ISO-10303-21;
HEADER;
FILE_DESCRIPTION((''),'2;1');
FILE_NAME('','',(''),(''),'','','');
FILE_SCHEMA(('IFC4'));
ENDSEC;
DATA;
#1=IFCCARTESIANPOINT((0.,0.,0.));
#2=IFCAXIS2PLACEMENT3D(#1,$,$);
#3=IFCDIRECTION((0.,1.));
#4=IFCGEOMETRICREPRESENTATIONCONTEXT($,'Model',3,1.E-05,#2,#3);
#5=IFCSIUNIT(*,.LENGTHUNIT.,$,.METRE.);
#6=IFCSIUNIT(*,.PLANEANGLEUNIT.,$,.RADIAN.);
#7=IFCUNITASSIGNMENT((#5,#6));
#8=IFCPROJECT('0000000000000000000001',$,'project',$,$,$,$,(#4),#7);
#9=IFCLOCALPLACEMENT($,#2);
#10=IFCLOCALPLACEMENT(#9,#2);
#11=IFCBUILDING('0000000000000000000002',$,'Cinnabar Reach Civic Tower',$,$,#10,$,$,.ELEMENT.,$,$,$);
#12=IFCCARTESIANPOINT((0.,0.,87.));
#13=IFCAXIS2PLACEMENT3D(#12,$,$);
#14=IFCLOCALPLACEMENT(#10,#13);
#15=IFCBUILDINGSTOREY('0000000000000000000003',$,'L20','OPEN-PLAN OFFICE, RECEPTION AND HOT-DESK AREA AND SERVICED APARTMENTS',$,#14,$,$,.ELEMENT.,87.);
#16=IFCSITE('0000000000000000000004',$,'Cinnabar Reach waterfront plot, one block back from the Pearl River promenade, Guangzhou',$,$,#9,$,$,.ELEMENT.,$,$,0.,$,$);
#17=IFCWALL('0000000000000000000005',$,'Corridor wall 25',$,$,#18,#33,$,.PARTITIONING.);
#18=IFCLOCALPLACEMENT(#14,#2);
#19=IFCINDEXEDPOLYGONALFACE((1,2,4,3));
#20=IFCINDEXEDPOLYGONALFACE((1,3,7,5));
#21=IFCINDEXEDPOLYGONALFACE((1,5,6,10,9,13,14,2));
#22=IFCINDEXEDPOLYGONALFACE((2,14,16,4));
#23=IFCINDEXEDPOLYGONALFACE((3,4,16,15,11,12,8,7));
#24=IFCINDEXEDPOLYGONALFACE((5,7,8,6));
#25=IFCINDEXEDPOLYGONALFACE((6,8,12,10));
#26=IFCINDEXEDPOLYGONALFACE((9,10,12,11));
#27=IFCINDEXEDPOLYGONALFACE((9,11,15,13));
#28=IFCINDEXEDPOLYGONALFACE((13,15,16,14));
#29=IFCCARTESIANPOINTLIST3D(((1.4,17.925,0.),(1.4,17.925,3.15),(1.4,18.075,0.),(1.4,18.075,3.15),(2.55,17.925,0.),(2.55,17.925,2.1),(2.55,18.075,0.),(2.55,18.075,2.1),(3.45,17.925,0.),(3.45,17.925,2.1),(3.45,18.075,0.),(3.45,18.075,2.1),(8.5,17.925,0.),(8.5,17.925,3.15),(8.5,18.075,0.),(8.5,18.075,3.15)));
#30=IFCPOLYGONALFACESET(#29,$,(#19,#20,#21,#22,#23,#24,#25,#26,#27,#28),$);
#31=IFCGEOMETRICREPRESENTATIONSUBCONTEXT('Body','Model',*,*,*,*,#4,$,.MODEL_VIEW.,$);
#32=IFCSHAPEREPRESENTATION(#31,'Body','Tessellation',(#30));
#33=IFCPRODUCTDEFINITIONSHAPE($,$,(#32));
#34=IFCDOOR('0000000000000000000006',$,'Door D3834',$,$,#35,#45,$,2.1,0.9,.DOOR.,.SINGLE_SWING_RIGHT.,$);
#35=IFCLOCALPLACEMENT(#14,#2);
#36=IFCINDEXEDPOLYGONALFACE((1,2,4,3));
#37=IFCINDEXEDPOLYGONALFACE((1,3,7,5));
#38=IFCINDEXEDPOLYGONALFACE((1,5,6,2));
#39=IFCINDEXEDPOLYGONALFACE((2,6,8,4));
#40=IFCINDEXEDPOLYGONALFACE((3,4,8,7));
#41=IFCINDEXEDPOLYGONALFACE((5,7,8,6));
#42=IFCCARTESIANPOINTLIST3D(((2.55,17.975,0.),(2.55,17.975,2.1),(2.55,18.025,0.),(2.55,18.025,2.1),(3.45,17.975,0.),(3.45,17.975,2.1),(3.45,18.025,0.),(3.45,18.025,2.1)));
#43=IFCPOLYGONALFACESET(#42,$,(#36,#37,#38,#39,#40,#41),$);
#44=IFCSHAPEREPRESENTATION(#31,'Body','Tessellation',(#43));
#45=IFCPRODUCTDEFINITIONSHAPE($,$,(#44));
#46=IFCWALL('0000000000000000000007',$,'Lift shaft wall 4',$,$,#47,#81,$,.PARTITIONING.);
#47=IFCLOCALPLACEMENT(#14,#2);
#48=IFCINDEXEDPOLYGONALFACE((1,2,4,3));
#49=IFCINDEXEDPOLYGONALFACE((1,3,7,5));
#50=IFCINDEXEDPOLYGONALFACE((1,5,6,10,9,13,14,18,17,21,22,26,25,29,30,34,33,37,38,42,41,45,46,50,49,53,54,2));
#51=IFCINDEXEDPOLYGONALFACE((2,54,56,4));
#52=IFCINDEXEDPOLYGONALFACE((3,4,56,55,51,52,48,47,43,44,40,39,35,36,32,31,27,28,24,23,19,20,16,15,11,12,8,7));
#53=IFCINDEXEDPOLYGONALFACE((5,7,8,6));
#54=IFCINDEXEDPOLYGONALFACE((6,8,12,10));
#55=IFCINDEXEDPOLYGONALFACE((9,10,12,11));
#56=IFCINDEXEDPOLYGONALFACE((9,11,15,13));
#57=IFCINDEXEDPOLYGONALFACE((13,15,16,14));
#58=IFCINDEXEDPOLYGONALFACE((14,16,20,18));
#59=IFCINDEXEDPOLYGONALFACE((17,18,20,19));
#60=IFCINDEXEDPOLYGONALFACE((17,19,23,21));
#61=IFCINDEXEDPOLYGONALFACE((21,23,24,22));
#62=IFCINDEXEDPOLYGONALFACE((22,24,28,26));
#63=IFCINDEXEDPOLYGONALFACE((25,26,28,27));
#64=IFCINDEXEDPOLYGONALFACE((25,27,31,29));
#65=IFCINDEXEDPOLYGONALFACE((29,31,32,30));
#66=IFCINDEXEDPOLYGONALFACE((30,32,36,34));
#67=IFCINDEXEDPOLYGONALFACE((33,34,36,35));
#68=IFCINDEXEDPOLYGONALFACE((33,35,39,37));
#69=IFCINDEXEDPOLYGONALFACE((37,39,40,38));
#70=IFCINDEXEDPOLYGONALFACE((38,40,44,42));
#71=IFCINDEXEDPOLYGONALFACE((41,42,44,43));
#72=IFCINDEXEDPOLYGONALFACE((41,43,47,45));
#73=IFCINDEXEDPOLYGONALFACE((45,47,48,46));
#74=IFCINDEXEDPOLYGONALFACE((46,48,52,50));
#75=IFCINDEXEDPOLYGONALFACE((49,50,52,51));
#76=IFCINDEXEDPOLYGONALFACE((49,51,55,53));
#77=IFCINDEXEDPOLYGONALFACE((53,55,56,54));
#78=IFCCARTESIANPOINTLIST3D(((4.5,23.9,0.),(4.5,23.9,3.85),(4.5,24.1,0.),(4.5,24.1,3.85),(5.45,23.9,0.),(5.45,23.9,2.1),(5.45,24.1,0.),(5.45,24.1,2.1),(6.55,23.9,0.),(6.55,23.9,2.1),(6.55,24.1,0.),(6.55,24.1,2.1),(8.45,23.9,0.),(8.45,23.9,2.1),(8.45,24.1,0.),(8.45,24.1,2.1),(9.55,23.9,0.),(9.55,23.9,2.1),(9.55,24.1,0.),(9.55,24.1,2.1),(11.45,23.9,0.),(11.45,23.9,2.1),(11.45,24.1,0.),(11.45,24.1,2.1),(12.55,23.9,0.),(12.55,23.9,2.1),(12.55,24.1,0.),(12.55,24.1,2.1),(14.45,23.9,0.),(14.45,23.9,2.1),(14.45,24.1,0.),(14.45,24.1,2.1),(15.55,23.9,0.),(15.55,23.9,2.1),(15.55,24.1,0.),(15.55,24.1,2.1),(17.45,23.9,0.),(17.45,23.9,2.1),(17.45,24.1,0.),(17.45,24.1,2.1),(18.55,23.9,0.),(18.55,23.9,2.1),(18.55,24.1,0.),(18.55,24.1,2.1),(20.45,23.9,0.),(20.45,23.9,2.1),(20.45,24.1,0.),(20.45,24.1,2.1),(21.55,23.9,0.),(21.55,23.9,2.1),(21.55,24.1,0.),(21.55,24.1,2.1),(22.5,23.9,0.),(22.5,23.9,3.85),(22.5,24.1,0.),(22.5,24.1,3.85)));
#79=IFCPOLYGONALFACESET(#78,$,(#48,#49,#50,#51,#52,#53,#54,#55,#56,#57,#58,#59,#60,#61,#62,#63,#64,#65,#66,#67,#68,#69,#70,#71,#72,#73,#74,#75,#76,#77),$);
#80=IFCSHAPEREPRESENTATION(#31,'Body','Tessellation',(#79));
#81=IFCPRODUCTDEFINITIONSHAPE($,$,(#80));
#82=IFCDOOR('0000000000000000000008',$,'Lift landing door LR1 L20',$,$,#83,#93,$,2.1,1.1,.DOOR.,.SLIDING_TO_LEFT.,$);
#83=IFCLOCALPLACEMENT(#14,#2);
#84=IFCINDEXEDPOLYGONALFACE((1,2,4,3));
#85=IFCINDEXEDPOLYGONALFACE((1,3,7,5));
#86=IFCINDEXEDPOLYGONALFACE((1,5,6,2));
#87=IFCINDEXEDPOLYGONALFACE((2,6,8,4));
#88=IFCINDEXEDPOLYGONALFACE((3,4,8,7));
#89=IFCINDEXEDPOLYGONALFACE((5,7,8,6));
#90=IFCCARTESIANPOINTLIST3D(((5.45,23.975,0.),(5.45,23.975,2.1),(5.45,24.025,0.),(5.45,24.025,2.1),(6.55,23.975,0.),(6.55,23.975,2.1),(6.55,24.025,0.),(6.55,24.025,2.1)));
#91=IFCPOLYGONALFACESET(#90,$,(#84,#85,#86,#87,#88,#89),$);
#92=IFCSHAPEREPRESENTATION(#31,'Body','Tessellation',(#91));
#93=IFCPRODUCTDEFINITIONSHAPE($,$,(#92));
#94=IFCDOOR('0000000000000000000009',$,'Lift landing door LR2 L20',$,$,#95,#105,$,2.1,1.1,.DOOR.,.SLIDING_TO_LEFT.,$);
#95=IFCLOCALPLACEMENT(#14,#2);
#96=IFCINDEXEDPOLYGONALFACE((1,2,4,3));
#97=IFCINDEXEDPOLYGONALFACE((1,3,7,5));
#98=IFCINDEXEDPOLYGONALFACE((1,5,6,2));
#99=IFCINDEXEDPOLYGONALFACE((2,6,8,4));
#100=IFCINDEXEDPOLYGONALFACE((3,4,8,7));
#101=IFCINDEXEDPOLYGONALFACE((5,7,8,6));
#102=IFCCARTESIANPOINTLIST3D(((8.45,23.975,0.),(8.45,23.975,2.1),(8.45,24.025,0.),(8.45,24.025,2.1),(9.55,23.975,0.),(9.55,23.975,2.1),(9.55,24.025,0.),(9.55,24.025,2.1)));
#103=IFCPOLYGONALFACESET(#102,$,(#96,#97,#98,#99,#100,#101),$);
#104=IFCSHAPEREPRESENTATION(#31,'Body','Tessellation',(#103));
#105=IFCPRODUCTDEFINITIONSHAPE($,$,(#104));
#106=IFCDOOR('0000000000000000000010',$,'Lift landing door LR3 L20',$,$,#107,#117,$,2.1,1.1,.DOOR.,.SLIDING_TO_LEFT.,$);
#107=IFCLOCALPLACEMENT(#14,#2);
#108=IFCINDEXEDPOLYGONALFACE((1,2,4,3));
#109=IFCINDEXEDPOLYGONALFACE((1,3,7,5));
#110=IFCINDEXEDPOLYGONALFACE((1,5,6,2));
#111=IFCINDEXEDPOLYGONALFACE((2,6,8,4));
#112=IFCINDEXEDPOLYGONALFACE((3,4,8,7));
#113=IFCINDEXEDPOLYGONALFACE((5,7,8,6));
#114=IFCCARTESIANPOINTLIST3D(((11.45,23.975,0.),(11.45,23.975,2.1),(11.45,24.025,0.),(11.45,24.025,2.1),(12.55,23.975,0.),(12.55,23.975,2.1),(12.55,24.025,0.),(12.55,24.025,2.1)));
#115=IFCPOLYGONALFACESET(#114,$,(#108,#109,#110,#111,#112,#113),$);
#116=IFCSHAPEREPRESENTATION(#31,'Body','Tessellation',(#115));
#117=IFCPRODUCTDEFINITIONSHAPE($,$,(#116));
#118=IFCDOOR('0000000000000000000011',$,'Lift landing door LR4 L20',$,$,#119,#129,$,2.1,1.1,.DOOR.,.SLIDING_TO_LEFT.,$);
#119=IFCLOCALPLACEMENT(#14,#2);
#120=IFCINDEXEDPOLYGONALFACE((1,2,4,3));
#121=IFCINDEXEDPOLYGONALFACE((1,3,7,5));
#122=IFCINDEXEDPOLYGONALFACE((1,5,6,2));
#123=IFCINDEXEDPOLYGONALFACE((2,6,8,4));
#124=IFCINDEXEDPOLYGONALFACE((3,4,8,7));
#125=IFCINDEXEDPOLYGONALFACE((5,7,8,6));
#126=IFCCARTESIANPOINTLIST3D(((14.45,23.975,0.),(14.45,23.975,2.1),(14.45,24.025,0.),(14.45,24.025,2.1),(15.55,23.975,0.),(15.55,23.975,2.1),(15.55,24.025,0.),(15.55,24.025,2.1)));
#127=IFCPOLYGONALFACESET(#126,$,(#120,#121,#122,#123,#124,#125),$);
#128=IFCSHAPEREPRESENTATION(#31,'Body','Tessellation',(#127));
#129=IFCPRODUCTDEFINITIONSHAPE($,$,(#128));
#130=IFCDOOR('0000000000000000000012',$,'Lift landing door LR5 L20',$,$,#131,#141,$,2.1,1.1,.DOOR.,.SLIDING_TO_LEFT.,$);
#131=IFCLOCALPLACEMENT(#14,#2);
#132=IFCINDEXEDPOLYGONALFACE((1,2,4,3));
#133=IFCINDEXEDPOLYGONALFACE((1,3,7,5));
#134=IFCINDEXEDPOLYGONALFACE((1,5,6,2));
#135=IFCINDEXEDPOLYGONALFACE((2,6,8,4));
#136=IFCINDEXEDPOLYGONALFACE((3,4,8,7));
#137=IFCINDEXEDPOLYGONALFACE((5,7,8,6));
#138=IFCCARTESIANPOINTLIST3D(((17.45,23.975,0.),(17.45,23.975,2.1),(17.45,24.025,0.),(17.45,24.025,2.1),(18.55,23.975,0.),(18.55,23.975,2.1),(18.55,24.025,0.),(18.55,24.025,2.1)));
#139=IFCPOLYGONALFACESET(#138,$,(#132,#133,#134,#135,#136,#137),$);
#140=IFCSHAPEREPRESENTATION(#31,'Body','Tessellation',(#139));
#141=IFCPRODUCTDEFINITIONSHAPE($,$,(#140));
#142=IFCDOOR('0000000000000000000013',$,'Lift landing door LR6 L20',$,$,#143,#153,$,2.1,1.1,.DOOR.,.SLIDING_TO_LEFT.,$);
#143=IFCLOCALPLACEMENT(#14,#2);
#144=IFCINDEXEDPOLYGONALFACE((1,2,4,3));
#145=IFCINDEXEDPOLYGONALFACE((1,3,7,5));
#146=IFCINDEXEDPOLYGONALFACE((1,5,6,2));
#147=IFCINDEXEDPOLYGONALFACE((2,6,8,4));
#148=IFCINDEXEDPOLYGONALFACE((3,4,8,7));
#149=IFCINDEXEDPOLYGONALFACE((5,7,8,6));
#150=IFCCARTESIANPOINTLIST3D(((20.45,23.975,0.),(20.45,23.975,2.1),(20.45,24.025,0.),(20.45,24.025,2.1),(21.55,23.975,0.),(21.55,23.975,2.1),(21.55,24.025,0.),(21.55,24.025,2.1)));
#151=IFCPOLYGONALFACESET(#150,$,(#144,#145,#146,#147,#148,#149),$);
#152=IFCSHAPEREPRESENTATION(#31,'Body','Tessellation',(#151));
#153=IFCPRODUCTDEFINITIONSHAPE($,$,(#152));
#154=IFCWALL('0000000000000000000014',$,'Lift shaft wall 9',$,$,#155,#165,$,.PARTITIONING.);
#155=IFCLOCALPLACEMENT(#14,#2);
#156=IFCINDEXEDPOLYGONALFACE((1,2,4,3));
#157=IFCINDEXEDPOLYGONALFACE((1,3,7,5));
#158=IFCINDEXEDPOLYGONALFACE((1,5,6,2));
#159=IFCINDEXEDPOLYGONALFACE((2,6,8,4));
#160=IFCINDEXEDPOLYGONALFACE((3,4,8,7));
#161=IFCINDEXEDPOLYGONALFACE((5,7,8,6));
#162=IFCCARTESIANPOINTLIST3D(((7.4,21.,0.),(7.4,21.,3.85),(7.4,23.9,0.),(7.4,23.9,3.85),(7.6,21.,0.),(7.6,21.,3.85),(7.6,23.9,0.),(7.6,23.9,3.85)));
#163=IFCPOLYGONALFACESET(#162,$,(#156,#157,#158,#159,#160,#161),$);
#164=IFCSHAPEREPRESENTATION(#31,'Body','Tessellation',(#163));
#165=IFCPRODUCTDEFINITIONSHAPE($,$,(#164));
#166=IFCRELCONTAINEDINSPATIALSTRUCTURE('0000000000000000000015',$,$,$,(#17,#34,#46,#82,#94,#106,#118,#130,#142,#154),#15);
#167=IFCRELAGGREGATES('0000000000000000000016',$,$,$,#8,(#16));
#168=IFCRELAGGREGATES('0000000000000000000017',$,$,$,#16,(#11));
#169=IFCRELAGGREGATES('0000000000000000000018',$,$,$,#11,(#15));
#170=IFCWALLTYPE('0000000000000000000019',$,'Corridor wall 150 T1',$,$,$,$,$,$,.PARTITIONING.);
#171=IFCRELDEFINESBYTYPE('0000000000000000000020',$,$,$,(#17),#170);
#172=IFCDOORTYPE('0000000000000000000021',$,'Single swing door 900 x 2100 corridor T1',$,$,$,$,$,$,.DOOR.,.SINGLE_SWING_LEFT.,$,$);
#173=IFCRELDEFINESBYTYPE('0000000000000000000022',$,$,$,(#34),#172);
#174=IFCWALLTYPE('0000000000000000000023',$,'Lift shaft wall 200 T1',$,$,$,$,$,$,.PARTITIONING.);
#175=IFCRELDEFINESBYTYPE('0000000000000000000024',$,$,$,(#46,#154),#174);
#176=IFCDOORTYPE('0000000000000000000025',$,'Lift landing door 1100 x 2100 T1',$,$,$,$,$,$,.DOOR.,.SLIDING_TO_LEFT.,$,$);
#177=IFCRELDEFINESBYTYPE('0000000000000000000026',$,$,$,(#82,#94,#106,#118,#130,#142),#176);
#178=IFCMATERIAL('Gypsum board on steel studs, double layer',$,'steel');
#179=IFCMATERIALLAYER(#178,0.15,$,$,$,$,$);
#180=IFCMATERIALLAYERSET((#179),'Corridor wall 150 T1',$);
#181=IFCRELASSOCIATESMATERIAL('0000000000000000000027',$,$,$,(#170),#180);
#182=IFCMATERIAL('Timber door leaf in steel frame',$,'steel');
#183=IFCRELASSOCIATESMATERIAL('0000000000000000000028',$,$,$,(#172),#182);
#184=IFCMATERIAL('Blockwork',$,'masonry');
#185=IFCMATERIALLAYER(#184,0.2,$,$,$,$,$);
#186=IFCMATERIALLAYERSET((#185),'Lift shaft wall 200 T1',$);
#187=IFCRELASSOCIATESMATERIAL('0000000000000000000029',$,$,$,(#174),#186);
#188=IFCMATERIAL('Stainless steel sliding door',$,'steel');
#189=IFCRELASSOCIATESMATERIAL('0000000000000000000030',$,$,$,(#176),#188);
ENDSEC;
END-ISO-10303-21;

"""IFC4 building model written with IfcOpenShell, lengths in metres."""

from ifc_helpers import new_model, si_unit, direction, frame, frame_2d, origin, place, context, subcontext, project, spatial, rectangle, extrude, material, layer, layer_set, type_object, element, fill, save


model = new_model("IFC4")

# Units and contexts
model_context = context("Model", 3, precision=1e-05, world=origin(), true_north=direction((0.0, 1.0)))
body_context = subcontext(model_context, "Body", "Model", "MODEL_VIEW")
ifc_project = project(units=[si_unit("LENGTHUNIT", "METRE"), si_unit("PLANEANGLEUNIT", "RADIAN")], contexts=[model_context])

# Site, building, storey
site_placement = place(None, origin())
site = spatial("IfcSite", under=ifc_project, at=site_placement, Name="Cinnabar Reach waterfront plot, one block back from the Pearl River promenade, Guangzhou", CompositionType="ELEMENT", RefElevation=0.0)
building_placement = place(site_placement, origin())
building = spatial("IfcBuilding", under=site, at=building_placement, Name="Cinnabar Reach Civic Tower", CompositionType="ELEMENT")
storey_placement = place(building_placement, frame((0.0, 0.0, 87.0)))
storey = spatial("IfcBuildingStorey", under=building, at=storey_placement, Name="L20", Description="OPEN-PLAN OFFICE, RECEPTION AND HOT-DESK AREA AND SERVICED APARTMENTS", CompositionType="ELEMENT", Elevation=87.0)

# Wall, opening, door
ifc_material_1 = material(Name="Gypsum board on steel studs, double layer", Category="steel")
ifc_layer_1 = layer(ifc_material_1, 0.15)
ifc_layer_set_1 = layer_set([ifc_layer_1], Name="Corridor wall 150 T1")
wall_type_1 = type_object("IfcWallType", Name="Corridor wall 150 T1", PredefinedType="PARTITIONING", material=ifc_layer_set_1)
wall_1_placement = place(storey_placement, frame((1.4, 18.0, 0.0), z_axis=(0.0, 0.0, 1.0), x_axis=(1.0, 0.0, 0.0)))
wall_1 = element("IfcWall", 1, at=wall_1_placement, inside=storey, type_object=wall_type_1, Name="Corridor wall 25", PredefinedType="PARTITIONING", context=body_context, shape_type="SweptSolid", body=[
    extrude(rectangle(XDim=7.1, YDim=0.15, at=frame_2d((3.55, 0.0))), origin(), (0.0, 0.0, 1.0), 3.15),
])
opening_1_placement = place(wall_1_placement, frame((1.15, 0.0, 0.0)))
opening_1 = element("IfcOpeningElement", 2, at=opening_1_placement, cuts=wall_1, PredefinedType="OPENING", context=body_context, shape_type="SweptSolid", body=[
    extrude(rectangle(XDim=0.9, YDim=2.1, at=frame_2d((0.45, 1.05))), frame((0.0, 0.085, 0.0), z_axis=(0.0, -1.0, 0.0), x_axis=(1.0, 0.0, 0.0)), (0.0, 0.0, 1.0), 0.17),
])
ifc_material_2 = material(Name="Timber door leaf in steel frame", Category="steel")
door_type_1 = type_object("IfcDoorType", Name="Single swing door 900 x 2100 corridor T1", OperationType="SINGLE_SWING_LEFT", PredefinedType="DOOR", material=ifc_material_2)
door_1_placement = place(opening_1_placement, frame((0.9, 0.0, 0.0), z_axis=(0.0, 0.0, 1.0), x_axis=(-1.0, 0.0, 0.0)))
door_1 = element("IfcDoor", 3, at=door_1_placement, inside=storey, type_object=door_type_1, Name="Door D3834", OperationType="SINGLE_SWING_RIGHT", OverallHeight=2.1, OverallWidth=0.9, PredefinedType="DOOR", context=body_context, shape_type="SweptSolid", body=[
    extrude(rectangle(XDim=0.9, YDim=2.1, at=frame_2d((0.45, 1.05))), frame((0.0, 0.025, 0.0), z_axis=(0.0, -1.0, 0.0), x_axis=(1.0, 0.0, 0.0)), (0.0, 0.0, 1.0), 0.05),
])
fill(opening_1, door_1)

# Wall, openings, doors
ifc_material_3 = material(Name="Blockwork", Category="masonry")
ifc_layer_2 = layer(ifc_material_3, 0.2)
ifc_layer_set_2 = layer_set([ifc_layer_2], Name="Lift shaft wall 200 T1")
wall_type_2 = type_object("IfcWallType", Name="Lift shaft wall 200 T1", PredefinedType="PARTITIONING", material=ifc_layer_set_2)
wall_2_placement = place(storey_placement, frame((4.5, 24.0, 0.0), z_axis=(0.0, 0.0, 1.0), x_axis=(1.0, 0.0, 0.0)))
wall_2 = element("IfcWall", 4, at=wall_2_placement, inside=storey, type_object=wall_type_2, Name="Lift shaft wall 4", PredefinedType="PARTITIONING", context=body_context, shape_type="SweptSolid", body=[
    extrude(rectangle(XDim=18.0, YDim=0.2, at=frame_2d((9.0, 0.0))), origin(), (0.0, 0.0, 1.0), 3.85),
])
opening_2_placement = place(wall_2_placement, frame((0.95, 0.0, 0.0)))
opening_2 = element("IfcOpeningElement", 5, at=opening_2_placement, cuts=wall_2, PredefinedType="OPENING", context=body_context, shape_type="SweptSolid", body=[
    extrude(rectangle(XDim=1.1, YDim=2.1, at=frame_2d((0.55, 1.05))), frame((0.0, 0.11, 0.0), z_axis=(0.0, -1.0, 0.0), x_axis=(1.0, 0.0, 0.0)), (0.0, 0.0, 1.0), 0.22),
])
opening_3_placement = place(wall_2_placement, frame((3.95, 0.0, 0.0)))
opening_3 = element("IfcOpeningElement", 6, at=opening_3_placement, cuts=wall_2, PredefinedType="OPENING", context=body_context, shape_type="SweptSolid", body=[
    extrude(rectangle(XDim=1.1, YDim=2.1, at=frame_2d((0.55, 1.05))), frame((0.0, 0.11, 0.0), z_axis=(0.0, -1.0, 0.0), x_axis=(1.0, 0.0, 0.0)), (0.0, 0.0, 1.0), 0.22),
])
opening_4_placement = place(wall_2_placement, frame((6.95, 0.0, 0.0)))
opening_4 = element("IfcOpeningElement", 7, at=opening_4_placement, cuts=wall_2, PredefinedType="OPENING", context=body_context, shape_type="SweptSolid", body=[
    extrude(rectangle(XDim=1.1, YDim=2.1, at=frame_2d((0.55, 1.05))), frame((0.0, 0.11, 0.0), z_axis=(0.0, -1.0, 0.0), x_axis=(1.0, 0.0, 0.0)), (0.0, 0.0, 1.0), 0.22),
])
opening_5_placement = place(wall_2_placement, frame((9.95, 0.0, 0.0)))
opening_5 = element("IfcOpeningElement", 8, at=opening_5_placement, cuts=wall_2, PredefinedType="OPENING", context=body_context, shape_type="SweptSolid", body=[
    extrude(rectangle(XDim=1.1, YDim=2.1, at=frame_2d((0.55, 1.05))), frame((0.0, 0.11, 0.0), z_axis=(0.0, -1.0, 0.0), x_axis=(1.0, 0.0, 0.0)), (0.0, 0.0, 1.0), 0.22),
])
opening_6_placement = place(wall_2_placement, frame((12.95, 0.0, 0.0)))
opening_6 = element("IfcOpeningElement", 9, at=opening_6_placement, cuts=wall_2, PredefinedType="OPENING", context=body_context, shape_type="SweptSolid", body=[
    extrude(rectangle(XDim=1.1, YDim=2.1, at=frame_2d((0.55, 1.05))), frame((0.0, 0.11, 0.0), z_axis=(0.0, -1.0, 0.0), x_axis=(1.0, 0.0, 0.0)), (0.0, 0.0, 1.0), 0.22),
])
opening_7_placement = place(wall_2_placement, frame((15.95, 0.0, 0.0)))
opening_7 = element("IfcOpeningElement", 10, at=opening_7_placement, cuts=wall_2, PredefinedType="OPENING", context=body_context, shape_type="SweptSolid", body=[
    extrude(rectangle(XDim=1.1, YDim=2.1, at=frame_2d((0.55, 1.05))), frame((0.0, 0.11, 0.0), z_axis=(0.0, -1.0, 0.0), x_axis=(1.0, 0.0, 0.0)), (0.0, 0.0, 1.0), 0.22),
])
ifc_material_4 = material(Name="Stainless steel sliding door", Category="steel")
door_type_2 = type_object("IfcDoorType", Name="Lift landing door 1100 x 2100 T1", OperationType="SLIDING_TO_LEFT", PredefinedType="DOOR", material=ifc_material_4)
door_2_placement = place(opening_2_placement, origin())
door_2 = element("IfcDoor", 11, at=door_2_placement, inside=storey, type_object=door_type_2, Name="Lift landing door LR1 L20", OperationType="SLIDING_TO_LEFT", OverallHeight=2.1, OverallWidth=1.1, PredefinedType="DOOR", context=body_context, shape_type="SweptSolid", body=[
    extrude(rectangle(XDim=1.1, YDim=2.1, at=frame_2d((0.55, 1.05))), frame((0.0, 0.025, 0.0), z_axis=(0.0, -1.0, 0.0), x_axis=(1.0, 0.0, 0.0)), (0.0, 0.0, 1.0), 0.05),
])
fill(opening_2, door_2)
door_3_placement = place(opening_3_placement, origin())
door_3 = element("IfcDoor", 12, at=door_3_placement, inside=storey, type_object=door_type_2, Name="Lift landing door LR2 L20", OperationType="SLIDING_TO_LEFT", OverallHeight=2.1, OverallWidth=1.1, PredefinedType="DOOR", context=body_context, shape_type="SweptSolid", body=[
    extrude(rectangle(XDim=1.1, YDim=2.1, at=frame_2d((0.55, 1.05))), frame((0.0, 0.025, 0.0), z_axis=(0.0, -1.0, 0.0), x_axis=(1.0, 0.0, 0.0)), (0.0, 0.0, 1.0), 0.05),
])
fill(opening_3, door_3)
door_4_placement = place(opening_4_placement, origin())
door_4 = element("IfcDoor", 13, at=door_4_placement, inside=storey, type_object=door_type_2, Name="Lift landing door LR3 L20", OperationType="SLIDING_TO_LEFT", OverallHeight=2.1, OverallWidth=1.1, PredefinedType="DOOR", context=body_context, shape_type="SweptSolid", body=[
    extrude(rectangle(XDim=1.1, YDim=2.1, at=frame_2d((0.55, 1.05))), frame((0.0, 0.025, 0.0), z_axis=(0.0, -1.0, 0.0), x_axis=(1.0, 0.0, 0.0)), (0.0, 0.0, 1.0), 0.05),
])
fill(opening_4, door_4)
door_5_placement = place(opening_5_placement, origin())
door_5 = element("IfcDoor", 14, at=door_5_placement, inside=storey, type_object=door_type_2, Name="Lift landing door LR4 L20", OperationType="SLIDING_TO_LEFT", OverallHeight=2.1, OverallWidth=1.1, PredefinedType="DOOR", context=body_context, shape_type="SweptSolid", body=[
    extrude(rectangle(XDim=1.1, YDim=2.1, at=frame_2d((0.55, 1.05))), frame((0.0, 0.025, 0.0), z_axis=(0.0, -1.0, 0.0), x_axis=(1.0, 0.0, 0.0)), (0.0, 0.0, 1.0), 0.05),
])
fill(opening_5, door_5)
door_6_placement = place(opening_6_placement, origin())
door_6 = element("IfcDoor", 15, at=door_6_placement, inside=storey, type_object=door_type_2, Name="Lift landing door LR5 L20", OperationType="SLIDING_TO_LEFT", OverallHeight=2.1, OverallWidth=1.1, PredefinedType="DOOR", context=body_context, shape_type="SweptSolid", body=[
    extrude(rectangle(XDim=1.1, YDim=2.1, at=frame_2d((0.55, 1.05))), frame((0.0, 0.025, 0.0), z_axis=(0.0, -1.0, 0.0), x_axis=(1.0, 0.0, 0.0)), (0.0, 0.0, 1.0), 0.05),
])
fill(opening_6, door_6)
door_7_placement = place(opening_7_placement, origin())
door_7 = element("IfcDoor", 16, at=door_7_placement, inside=storey, type_object=door_type_2, Name="Lift landing door LR6 L20", OperationType="SLIDING_TO_LEFT", OverallHeight=2.1, OverallWidth=1.1, PredefinedType="DOOR", context=body_context, shape_type="SweptSolid", body=[
    extrude(rectangle(XDim=1.1, YDim=2.1, at=frame_2d((0.55, 1.05))), frame((0.0, 0.025, 0.0), z_axis=(0.0, -1.0, 0.0), x_axis=(1.0, 0.0, 0.0)), (0.0, 0.0, 1.0), 0.05),
])
fill(opening_7, door_7)

# Wall
wall_3_placement = place(storey_placement, frame((7.5, 21.0, 0.0), z_axis=(0.0, 0.0, 1.0), x_axis=(0.0, 1.0, 0.0)))
element("IfcWall", 17, at=wall_3_placement, inside=storey, type_object=wall_type_2, Name="Lift shaft wall 9", PredefinedType="PARTITIONING", context=body_context, shape_type="SweptSolid", body=[
    extrude(rectangle(XDim=2.9, YDim=0.2, at=frame_2d((1.45, 0.0))), origin(), (0.0, 0.0, 1.0), 3.85),
])

save(model, "model.ifc")
